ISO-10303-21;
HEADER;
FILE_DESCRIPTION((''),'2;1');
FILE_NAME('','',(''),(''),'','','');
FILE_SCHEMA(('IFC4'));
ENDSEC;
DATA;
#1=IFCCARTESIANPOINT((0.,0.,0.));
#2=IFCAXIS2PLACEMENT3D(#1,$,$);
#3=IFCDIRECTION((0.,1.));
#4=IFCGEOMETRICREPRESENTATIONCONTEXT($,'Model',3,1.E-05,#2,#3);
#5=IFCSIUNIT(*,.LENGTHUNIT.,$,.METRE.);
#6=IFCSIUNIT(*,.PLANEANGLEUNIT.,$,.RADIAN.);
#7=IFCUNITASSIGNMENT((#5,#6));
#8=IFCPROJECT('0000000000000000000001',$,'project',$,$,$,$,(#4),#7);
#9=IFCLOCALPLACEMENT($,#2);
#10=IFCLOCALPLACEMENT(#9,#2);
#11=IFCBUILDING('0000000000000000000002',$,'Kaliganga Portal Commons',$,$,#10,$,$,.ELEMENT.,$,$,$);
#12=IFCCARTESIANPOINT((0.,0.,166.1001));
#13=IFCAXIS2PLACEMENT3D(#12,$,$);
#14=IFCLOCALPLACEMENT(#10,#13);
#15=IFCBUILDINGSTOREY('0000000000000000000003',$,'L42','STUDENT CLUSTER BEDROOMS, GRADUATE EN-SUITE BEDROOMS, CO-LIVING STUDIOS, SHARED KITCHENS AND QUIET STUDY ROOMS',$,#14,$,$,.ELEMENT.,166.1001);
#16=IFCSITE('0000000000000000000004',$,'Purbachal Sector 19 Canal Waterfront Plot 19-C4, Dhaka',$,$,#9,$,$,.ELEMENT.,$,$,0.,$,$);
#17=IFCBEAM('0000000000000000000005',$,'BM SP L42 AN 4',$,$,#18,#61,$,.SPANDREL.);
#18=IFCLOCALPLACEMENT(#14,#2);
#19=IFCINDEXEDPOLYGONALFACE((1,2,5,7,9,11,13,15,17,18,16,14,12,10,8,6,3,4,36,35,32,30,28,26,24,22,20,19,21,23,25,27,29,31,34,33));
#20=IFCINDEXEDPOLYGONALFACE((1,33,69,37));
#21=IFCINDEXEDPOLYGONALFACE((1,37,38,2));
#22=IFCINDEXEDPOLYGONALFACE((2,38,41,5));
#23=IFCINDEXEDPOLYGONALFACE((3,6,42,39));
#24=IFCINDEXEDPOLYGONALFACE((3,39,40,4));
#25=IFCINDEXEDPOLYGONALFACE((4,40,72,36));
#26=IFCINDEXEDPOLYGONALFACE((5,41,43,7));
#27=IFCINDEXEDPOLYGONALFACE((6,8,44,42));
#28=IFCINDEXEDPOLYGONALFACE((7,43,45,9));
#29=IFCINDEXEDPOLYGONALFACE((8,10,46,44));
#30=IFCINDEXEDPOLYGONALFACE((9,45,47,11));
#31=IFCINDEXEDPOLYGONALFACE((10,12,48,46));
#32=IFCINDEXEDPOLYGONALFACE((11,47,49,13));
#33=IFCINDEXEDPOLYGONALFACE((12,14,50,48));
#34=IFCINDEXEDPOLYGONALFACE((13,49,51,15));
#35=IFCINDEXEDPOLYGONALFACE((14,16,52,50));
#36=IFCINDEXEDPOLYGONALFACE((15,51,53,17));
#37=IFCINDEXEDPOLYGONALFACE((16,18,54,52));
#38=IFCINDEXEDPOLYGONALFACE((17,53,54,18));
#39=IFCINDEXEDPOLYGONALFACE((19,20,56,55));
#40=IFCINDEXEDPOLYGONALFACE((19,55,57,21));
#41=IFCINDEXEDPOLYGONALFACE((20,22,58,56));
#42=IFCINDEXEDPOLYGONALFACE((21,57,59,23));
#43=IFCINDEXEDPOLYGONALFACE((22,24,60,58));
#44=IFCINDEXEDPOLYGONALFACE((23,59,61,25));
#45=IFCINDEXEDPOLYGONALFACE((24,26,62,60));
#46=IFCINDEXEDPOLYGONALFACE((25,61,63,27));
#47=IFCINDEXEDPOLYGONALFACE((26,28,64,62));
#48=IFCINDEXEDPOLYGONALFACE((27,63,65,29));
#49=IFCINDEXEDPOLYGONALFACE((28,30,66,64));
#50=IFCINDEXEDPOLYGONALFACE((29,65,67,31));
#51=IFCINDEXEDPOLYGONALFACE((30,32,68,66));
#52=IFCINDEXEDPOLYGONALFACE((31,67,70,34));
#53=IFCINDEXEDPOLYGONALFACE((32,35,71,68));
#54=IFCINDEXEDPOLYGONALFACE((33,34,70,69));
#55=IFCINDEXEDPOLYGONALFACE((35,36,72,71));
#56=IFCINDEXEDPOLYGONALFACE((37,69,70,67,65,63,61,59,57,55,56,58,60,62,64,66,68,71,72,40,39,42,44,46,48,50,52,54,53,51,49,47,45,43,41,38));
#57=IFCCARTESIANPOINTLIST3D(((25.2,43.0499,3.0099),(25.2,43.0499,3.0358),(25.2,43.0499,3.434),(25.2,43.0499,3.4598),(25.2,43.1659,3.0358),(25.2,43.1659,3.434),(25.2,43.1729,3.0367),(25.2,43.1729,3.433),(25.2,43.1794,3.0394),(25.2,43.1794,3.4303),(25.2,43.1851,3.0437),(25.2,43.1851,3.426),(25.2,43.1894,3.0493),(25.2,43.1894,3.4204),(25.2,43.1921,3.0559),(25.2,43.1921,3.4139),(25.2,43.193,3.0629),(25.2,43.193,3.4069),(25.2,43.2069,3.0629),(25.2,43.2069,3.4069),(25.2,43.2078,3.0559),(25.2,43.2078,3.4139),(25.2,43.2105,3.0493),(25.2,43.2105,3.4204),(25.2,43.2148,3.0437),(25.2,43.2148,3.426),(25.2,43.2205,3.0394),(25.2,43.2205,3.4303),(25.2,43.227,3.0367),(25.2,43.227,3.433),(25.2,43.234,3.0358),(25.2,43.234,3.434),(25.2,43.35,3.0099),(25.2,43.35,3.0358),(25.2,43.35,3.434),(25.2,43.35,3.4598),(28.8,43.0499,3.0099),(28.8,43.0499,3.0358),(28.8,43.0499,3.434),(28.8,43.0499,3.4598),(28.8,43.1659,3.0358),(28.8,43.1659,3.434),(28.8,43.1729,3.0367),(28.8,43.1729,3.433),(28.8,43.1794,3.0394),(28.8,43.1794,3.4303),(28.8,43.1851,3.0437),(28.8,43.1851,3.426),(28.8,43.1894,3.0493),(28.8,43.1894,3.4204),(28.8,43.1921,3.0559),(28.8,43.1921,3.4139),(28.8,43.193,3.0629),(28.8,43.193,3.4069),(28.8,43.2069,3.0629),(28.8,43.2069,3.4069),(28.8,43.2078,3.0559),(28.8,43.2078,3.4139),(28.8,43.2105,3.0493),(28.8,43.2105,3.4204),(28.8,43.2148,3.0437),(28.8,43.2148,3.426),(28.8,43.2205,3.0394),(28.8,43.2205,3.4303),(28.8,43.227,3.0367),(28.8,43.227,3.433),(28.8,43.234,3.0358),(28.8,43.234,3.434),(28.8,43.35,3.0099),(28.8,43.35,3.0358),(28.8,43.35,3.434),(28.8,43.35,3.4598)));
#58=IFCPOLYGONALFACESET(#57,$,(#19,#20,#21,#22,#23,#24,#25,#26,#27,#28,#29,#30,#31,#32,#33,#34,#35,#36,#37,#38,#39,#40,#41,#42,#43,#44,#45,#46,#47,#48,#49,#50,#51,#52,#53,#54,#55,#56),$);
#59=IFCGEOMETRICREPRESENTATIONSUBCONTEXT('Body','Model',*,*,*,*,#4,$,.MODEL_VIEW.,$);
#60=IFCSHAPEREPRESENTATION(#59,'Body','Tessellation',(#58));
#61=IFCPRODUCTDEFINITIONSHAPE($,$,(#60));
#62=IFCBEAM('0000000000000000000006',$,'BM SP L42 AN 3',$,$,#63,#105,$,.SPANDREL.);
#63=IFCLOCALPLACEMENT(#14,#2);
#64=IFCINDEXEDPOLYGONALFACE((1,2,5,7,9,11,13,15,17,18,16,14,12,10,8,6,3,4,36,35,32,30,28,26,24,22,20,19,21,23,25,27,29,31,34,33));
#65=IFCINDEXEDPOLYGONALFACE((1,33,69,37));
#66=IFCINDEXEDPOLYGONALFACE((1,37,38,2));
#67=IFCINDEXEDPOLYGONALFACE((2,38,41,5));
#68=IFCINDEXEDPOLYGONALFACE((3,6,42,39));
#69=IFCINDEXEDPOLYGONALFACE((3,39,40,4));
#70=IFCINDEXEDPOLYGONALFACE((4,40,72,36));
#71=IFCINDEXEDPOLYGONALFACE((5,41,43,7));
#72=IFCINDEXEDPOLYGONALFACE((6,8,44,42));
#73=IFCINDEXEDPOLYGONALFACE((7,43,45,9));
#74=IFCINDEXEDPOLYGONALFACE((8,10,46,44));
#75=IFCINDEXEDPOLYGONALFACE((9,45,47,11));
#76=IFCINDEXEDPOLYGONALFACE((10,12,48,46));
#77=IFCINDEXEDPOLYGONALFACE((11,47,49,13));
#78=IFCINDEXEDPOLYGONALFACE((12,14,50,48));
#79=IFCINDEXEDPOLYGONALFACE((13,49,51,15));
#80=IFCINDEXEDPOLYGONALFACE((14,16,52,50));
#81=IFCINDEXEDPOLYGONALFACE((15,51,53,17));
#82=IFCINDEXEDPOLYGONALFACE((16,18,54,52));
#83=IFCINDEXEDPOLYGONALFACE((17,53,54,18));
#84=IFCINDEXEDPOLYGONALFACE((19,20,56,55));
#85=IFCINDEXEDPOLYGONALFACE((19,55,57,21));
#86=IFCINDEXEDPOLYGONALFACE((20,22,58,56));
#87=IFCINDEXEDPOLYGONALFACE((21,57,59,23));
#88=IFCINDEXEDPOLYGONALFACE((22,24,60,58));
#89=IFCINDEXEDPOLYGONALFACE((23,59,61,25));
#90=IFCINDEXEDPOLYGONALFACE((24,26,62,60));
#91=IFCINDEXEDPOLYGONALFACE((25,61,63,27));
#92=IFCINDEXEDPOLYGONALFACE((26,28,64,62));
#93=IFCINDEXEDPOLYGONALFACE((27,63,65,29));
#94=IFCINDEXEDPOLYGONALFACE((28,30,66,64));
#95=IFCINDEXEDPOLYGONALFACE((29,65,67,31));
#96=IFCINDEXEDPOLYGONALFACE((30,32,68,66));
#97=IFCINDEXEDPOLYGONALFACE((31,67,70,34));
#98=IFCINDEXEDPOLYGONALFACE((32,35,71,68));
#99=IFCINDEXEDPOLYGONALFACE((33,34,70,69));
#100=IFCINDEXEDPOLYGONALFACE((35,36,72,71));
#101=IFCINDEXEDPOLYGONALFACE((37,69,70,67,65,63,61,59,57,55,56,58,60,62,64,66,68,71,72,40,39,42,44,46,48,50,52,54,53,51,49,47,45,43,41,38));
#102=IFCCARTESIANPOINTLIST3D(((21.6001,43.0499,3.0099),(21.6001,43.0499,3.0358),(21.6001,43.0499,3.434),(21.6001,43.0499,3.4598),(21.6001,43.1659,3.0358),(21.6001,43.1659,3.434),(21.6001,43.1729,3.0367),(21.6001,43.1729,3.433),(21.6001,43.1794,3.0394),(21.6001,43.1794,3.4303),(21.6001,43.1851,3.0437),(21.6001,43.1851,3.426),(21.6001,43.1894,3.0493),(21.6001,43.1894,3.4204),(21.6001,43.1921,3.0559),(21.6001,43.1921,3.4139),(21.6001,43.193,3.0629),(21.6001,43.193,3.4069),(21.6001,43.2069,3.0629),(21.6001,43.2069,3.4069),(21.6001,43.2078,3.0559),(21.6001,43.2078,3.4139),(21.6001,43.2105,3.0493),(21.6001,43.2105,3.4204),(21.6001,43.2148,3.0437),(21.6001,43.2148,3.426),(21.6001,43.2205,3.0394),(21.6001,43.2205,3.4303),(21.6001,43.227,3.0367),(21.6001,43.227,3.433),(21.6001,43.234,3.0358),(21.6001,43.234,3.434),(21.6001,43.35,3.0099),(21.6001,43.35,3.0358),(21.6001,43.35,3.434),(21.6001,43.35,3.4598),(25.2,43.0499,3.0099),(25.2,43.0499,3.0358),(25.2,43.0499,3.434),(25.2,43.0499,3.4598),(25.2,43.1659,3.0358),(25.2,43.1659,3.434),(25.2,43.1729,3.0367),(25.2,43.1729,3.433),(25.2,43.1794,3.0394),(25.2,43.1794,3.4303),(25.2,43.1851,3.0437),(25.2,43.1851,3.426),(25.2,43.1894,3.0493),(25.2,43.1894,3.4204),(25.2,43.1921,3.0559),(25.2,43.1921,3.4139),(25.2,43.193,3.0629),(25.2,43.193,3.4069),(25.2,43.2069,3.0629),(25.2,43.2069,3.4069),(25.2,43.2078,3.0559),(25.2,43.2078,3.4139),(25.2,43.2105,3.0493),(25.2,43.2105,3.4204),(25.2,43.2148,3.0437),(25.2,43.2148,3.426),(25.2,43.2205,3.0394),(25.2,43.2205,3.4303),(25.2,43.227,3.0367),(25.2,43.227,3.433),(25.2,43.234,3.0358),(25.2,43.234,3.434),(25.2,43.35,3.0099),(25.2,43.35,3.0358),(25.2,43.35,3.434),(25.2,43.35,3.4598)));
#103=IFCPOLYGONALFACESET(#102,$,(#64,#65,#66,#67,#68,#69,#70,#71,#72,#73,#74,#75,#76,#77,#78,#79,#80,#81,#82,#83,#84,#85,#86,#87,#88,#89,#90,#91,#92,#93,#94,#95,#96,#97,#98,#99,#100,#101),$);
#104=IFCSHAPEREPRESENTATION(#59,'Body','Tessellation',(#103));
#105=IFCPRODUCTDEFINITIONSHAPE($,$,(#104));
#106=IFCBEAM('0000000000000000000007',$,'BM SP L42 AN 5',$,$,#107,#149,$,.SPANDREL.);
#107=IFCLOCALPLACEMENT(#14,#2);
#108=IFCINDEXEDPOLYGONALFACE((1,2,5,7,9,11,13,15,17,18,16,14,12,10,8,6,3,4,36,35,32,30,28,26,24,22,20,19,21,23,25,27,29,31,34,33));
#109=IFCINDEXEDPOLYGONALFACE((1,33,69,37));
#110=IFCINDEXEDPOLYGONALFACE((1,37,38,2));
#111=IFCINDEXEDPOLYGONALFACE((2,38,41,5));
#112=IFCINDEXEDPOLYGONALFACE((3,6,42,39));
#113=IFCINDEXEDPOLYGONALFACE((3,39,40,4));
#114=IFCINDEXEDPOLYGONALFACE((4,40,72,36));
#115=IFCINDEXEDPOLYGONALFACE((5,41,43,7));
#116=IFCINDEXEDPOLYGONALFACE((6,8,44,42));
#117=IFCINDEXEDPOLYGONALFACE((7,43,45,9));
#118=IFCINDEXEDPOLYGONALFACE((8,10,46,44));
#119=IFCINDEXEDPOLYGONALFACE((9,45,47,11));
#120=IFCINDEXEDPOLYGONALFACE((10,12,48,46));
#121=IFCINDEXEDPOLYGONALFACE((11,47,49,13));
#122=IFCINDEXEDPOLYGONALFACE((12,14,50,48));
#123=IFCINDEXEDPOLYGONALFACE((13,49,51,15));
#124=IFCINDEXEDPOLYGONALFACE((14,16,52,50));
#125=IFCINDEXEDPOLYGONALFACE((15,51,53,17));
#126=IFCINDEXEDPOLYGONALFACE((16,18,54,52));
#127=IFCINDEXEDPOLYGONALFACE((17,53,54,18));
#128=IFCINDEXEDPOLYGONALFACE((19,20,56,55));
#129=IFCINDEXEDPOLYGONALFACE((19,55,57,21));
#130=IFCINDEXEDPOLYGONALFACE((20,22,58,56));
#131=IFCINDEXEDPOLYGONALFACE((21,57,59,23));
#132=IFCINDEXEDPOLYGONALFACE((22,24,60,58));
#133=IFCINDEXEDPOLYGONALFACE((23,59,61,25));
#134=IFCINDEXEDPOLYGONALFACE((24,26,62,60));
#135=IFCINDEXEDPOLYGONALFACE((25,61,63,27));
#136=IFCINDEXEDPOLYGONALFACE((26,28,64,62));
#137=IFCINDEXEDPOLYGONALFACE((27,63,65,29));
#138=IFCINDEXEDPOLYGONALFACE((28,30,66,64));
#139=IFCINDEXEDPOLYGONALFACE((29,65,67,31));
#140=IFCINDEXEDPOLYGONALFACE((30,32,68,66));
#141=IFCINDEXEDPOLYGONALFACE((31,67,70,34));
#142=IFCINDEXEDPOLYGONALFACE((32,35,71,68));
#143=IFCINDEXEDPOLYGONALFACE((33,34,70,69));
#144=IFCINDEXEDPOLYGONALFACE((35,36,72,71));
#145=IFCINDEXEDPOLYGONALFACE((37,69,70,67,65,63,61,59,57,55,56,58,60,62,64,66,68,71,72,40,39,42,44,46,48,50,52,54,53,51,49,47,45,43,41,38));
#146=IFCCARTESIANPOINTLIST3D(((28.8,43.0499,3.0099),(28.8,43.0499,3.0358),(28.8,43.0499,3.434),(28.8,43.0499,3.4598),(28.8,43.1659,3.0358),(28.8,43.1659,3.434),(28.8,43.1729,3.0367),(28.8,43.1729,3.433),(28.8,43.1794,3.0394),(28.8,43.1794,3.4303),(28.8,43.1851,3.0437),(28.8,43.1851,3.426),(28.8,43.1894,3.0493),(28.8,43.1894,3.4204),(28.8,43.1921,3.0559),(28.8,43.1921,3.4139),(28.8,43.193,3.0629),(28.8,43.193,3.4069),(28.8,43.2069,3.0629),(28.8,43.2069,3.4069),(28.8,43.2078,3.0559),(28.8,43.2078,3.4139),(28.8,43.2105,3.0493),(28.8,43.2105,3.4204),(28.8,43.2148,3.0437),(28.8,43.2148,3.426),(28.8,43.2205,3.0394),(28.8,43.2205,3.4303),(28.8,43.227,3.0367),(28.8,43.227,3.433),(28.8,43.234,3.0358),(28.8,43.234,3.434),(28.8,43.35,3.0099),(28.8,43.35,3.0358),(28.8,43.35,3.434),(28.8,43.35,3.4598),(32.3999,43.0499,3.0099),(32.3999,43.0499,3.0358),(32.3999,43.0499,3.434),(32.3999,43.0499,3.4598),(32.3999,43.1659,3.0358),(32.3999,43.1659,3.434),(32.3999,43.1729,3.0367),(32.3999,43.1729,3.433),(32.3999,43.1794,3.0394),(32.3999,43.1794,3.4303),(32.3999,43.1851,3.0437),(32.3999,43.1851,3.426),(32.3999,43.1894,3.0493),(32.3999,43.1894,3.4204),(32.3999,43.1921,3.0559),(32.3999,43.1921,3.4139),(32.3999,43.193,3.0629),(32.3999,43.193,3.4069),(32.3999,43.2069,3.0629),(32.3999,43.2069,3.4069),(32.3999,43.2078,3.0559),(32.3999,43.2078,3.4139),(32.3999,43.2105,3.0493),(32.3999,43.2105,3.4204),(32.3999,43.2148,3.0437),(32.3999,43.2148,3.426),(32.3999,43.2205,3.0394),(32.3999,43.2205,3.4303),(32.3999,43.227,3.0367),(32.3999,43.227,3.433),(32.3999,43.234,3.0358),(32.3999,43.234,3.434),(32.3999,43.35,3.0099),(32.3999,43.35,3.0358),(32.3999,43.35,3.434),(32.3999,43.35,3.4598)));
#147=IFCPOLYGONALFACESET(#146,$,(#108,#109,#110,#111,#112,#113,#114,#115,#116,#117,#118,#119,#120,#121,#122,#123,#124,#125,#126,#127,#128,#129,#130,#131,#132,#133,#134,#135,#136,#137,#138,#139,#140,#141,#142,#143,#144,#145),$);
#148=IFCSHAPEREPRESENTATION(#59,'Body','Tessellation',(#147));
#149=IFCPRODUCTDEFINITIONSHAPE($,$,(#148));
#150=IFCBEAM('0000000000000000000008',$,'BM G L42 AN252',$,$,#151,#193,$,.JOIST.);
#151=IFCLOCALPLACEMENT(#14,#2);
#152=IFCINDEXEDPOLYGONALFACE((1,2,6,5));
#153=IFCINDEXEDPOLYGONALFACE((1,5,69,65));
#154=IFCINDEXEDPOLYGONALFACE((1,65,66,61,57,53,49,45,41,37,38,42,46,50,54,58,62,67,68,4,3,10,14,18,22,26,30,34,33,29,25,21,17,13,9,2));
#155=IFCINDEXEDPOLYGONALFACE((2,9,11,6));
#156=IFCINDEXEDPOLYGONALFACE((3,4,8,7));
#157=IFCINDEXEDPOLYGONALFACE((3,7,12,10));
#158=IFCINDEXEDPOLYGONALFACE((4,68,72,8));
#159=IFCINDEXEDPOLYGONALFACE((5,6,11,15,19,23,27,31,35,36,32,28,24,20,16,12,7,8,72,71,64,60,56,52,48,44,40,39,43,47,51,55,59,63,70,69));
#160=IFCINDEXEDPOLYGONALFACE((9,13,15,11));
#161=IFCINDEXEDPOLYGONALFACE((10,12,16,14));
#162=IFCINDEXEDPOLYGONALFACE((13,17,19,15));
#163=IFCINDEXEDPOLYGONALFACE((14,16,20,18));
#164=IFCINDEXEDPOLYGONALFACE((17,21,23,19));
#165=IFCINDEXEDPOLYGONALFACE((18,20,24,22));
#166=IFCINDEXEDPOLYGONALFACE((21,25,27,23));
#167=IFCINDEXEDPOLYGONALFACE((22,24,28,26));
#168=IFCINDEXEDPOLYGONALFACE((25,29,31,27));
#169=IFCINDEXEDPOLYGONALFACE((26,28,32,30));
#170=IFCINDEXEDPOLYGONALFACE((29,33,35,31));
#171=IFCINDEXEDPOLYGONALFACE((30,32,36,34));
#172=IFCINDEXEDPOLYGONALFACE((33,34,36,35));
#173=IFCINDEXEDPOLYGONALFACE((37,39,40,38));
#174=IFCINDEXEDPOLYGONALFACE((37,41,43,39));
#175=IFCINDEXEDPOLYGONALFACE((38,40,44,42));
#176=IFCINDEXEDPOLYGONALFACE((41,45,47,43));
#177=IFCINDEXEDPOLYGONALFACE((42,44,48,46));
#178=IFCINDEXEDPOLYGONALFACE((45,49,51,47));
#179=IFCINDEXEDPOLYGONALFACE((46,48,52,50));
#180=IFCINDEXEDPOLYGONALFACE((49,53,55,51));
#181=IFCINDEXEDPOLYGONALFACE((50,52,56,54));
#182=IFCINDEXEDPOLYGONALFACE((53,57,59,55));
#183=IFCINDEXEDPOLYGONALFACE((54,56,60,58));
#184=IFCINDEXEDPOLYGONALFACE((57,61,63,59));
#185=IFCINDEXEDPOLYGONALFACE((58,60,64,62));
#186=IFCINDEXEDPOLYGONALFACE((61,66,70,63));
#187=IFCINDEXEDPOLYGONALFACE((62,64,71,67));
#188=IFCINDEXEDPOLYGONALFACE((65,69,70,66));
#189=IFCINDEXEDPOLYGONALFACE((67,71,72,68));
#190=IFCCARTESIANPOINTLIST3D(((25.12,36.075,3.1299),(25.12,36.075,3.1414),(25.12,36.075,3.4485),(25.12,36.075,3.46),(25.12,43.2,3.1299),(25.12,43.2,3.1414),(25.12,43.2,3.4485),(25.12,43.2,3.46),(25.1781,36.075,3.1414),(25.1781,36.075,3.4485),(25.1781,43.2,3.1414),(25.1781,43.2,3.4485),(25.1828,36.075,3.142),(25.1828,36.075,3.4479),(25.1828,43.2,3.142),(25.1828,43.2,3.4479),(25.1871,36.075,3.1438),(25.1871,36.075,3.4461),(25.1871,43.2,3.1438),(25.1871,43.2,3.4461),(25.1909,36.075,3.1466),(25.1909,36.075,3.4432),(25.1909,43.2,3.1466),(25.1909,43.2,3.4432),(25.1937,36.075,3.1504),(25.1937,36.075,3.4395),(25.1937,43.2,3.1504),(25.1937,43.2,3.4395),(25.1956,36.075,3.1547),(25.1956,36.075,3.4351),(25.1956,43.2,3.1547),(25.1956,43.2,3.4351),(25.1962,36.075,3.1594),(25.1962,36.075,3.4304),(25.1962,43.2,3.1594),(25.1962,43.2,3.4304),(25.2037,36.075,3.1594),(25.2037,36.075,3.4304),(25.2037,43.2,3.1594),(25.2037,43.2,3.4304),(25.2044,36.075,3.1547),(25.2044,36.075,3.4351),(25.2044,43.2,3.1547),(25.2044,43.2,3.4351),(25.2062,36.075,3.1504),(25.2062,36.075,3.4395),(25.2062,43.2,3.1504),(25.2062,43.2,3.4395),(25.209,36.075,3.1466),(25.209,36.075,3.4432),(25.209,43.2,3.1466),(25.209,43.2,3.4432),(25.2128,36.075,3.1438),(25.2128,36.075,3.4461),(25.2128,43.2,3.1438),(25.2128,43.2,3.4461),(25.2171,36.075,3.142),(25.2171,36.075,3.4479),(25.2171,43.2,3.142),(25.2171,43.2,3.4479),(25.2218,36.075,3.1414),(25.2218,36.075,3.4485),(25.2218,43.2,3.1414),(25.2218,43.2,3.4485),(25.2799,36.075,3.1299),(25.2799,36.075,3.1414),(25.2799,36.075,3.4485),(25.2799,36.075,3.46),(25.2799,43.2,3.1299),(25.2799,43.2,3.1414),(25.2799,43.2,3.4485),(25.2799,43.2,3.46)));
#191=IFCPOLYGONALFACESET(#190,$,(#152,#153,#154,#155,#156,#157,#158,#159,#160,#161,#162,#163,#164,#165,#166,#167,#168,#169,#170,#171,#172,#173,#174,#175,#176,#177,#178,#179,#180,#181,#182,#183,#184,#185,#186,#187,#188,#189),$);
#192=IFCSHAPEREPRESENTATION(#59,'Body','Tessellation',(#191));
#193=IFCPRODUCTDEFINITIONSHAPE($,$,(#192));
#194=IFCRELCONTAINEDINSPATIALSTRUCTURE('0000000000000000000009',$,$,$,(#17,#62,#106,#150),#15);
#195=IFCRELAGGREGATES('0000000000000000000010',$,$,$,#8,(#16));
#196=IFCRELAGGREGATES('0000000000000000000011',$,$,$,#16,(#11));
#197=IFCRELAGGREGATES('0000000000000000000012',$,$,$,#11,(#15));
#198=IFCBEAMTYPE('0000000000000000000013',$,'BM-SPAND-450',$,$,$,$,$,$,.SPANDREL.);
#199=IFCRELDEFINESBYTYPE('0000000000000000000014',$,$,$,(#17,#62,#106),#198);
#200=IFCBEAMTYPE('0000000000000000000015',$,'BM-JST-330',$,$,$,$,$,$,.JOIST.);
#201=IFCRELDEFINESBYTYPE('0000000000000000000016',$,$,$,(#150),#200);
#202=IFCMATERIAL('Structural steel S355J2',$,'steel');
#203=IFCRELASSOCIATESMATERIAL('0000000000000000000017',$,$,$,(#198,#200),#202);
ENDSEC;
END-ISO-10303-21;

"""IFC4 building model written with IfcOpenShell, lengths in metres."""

from ifc_helpers import new_model, si_unit, direction, frame, origin, origin_2d, place, context, subcontext, project, spatial, i_section, extrude, source, transform, mapped, material, material_profile, profile_set, type_object, element, save


model = new_model("IFC4")

# Units and contexts
model_context = context("Model", 3, precision=1e-05, world=origin(), true_north=direction((0.0, 1.0)))
body_context = subcontext(model_context, "Body", "Model", "MODEL_VIEW")
ifc_project = project(units=[si_unit("LENGTHUNIT", "METRE"), si_unit("PLANEANGLEUNIT", "RADIAN")], contexts=[model_context])

# Site, building, storey
site_placement = place(None, origin())
site = spatial("IfcSite", under=ifc_project, at=site_placement, Name="Purbachal Sector 19 Canal Waterfront Plot 19-C4, Dhaka", CompositionType="ELEMENT", RefElevation=0.0)
building_placement = place(site_placement, origin())
building = spatial("IfcBuilding", under=site, at=building_placement, Name="Kaliganga Portal Commons", CompositionType="ELEMENT")
storey_placement = place(building_placement, frame((0.0, 0.0, 166.1001)))
storey = spatial("IfcBuildingStorey", under=building, at=storey_placement, Name="L42", Description="STUDENT CLUSTER BEDROOMS, GRADUATE EN-SUITE BEDROOMS, CO-LIVING STUDIOS, SHARED KITCHENS AND QUIET STUDY ROOMS", CompositionType="ELEMENT", Elevation=166.1001)

# Beams
ifc_material_1 = material(Name="Structural steel S355J2", Category="steel")
ifc_material_profile_1 = material_profile(ifc_material_1, i_section(OverallWidth=0.3, OverallDepth=0.45, WebThickness=0.0139, FlangeThickness=0.0259, FilletRadius=0.0271, at=origin_2d()), Name="HE 450 B")
ifc_profile_set_1 = profile_set([ifc_material_profile_1], Name="Structural steel S355J2 wide-flange")
beam_type_1 = type_object("IfcBeamType", Name="BM-SPAND-450", PredefinedType="SPANDREL", material=ifc_profile_set_1)
shared_shape_1 = source(origin(), body_context, "Body", "SweptSolid", [
    extrude(i_section(OverallWidth=0.3, OverallDepth=0.45, WebThickness=0.0139, FlangeThickness=0.0259, FilletRadius=0.0271, at=origin_2d()), origin(), (0.0, 0.0, 1.0), 3.6001),
])
for number, where, z_axis, x_axis, name in (
    (1, (25.2, 43.2, 3.2349), (1.0, 0.0, 0.0), (0.0, 1.0, 0.0), "BM SP L42 AN 4"),
):
    element("IfcBeam", number, at=place(storey_placement, frame(where, z_axis=z_axis, x_axis=x_axis)), inside=storey, type_object=beam_type_1, Name=name, PredefinedType="SPANDREL", context=body_context, shape_type="MappedRepresentation", body=[
        mapped(shared_shape_1, transform((0.0, 0.0, 0.0), x_axis=(1.0, 0.0, 0.0), y_axis=(0.0, 1.0, 0.0), z_axis=(0.0, 0.0, 1.0), scale=1.0)),
    ])
shared_shape_2 = source(origin(), body_context, "Body", "SweptSolid", [
    extrude(i_section(OverallWidth=0.3, OverallDepth=0.45, WebThickness=0.0139, FlangeThickness=0.0259, FilletRadius=0.0271, at=origin_2d()), origin(), (0.0, 0.0, 1.0), 3.5999),
])
for number, where, z_axis, x_axis, name in (
    (2, (21.6001, 43.2, 3.2349), (1.0, 0.0, 0.0), (0.0, 1.0, 0.0), "BM SP L42 AN 3"),
    (3, (28.8, 43.2, 3.2349), (1.0, 0.0, 0.0), (0.0, 1.0, 0.0), "BM SP L42 AN 5"),
):
    element("IfcBeam", number, at=place(storey_placement, frame(where, z_axis=z_axis, x_axis=x_axis)), inside=storey, type_object=beam_type_1, Name=name, PredefinedType="SPANDREL", context=body_context, shape_type="MappedRepresentation", body=[
        mapped(shared_shape_2, transform((0.0, 0.0, 0.0), x_axis=(1.0, 0.0, 0.0), y_axis=(0.0, 1.0, 0.0), z_axis=(0.0, 0.0, 1.0), scale=1.0)),
    ])
ifc_material_profile_2 = material_profile(ifc_material_1, i_section(OverallWidth=0.1599, OverallDepth=0.3301, WebThickness=0.0076, FlangeThickness=0.0115, FilletRadius=0.0181, at=origin_2d()), Name="IPE 330")
ifc_profile_set_2 = profile_set([ifc_material_profile_2], Name="Structural steel S355J2 wide-flange")
beam_type_2 = type_object("IfcBeamType", Name="BM-JST-330", PredefinedType="JOIST", material=ifc_profile_set_2)
shared_shape_3 = source(origin(), body_context, "Body", "SweptSolid", [
    extrude(i_section(OverallWidth=0.1599, OverallDepth=0.3301, WebThickness=0.0076, FlangeThickness=0.0115, FilletRadius=0.0181, at=origin_2d()), origin(), (0.0, 0.0, 1.0), 7.125),
])
beam_placement = place(storey_placement, frame((25.2, 36.075, 3.2949), z_axis=(0.0, 1.0, 0.0), x_axis=(-1.0, 0.0, 0.0)))
element("IfcBeam", 4, at=beam_placement, inside=storey, type_object=beam_type_2, Name="BM G L42 AN252", PredefinedType="JOIST", context=body_context, shape_type="MappedRepresentation", body=[
    mapped(shared_shape_3, transform((0.0, 0.0, 0.0), x_axis=(1.0, 0.0, 0.0), y_axis=(0.0, 1.0, 0.0), z_axis=(0.0, 0.0, 1.0), scale=1.0)),
])

save(model, "model.ifc")
